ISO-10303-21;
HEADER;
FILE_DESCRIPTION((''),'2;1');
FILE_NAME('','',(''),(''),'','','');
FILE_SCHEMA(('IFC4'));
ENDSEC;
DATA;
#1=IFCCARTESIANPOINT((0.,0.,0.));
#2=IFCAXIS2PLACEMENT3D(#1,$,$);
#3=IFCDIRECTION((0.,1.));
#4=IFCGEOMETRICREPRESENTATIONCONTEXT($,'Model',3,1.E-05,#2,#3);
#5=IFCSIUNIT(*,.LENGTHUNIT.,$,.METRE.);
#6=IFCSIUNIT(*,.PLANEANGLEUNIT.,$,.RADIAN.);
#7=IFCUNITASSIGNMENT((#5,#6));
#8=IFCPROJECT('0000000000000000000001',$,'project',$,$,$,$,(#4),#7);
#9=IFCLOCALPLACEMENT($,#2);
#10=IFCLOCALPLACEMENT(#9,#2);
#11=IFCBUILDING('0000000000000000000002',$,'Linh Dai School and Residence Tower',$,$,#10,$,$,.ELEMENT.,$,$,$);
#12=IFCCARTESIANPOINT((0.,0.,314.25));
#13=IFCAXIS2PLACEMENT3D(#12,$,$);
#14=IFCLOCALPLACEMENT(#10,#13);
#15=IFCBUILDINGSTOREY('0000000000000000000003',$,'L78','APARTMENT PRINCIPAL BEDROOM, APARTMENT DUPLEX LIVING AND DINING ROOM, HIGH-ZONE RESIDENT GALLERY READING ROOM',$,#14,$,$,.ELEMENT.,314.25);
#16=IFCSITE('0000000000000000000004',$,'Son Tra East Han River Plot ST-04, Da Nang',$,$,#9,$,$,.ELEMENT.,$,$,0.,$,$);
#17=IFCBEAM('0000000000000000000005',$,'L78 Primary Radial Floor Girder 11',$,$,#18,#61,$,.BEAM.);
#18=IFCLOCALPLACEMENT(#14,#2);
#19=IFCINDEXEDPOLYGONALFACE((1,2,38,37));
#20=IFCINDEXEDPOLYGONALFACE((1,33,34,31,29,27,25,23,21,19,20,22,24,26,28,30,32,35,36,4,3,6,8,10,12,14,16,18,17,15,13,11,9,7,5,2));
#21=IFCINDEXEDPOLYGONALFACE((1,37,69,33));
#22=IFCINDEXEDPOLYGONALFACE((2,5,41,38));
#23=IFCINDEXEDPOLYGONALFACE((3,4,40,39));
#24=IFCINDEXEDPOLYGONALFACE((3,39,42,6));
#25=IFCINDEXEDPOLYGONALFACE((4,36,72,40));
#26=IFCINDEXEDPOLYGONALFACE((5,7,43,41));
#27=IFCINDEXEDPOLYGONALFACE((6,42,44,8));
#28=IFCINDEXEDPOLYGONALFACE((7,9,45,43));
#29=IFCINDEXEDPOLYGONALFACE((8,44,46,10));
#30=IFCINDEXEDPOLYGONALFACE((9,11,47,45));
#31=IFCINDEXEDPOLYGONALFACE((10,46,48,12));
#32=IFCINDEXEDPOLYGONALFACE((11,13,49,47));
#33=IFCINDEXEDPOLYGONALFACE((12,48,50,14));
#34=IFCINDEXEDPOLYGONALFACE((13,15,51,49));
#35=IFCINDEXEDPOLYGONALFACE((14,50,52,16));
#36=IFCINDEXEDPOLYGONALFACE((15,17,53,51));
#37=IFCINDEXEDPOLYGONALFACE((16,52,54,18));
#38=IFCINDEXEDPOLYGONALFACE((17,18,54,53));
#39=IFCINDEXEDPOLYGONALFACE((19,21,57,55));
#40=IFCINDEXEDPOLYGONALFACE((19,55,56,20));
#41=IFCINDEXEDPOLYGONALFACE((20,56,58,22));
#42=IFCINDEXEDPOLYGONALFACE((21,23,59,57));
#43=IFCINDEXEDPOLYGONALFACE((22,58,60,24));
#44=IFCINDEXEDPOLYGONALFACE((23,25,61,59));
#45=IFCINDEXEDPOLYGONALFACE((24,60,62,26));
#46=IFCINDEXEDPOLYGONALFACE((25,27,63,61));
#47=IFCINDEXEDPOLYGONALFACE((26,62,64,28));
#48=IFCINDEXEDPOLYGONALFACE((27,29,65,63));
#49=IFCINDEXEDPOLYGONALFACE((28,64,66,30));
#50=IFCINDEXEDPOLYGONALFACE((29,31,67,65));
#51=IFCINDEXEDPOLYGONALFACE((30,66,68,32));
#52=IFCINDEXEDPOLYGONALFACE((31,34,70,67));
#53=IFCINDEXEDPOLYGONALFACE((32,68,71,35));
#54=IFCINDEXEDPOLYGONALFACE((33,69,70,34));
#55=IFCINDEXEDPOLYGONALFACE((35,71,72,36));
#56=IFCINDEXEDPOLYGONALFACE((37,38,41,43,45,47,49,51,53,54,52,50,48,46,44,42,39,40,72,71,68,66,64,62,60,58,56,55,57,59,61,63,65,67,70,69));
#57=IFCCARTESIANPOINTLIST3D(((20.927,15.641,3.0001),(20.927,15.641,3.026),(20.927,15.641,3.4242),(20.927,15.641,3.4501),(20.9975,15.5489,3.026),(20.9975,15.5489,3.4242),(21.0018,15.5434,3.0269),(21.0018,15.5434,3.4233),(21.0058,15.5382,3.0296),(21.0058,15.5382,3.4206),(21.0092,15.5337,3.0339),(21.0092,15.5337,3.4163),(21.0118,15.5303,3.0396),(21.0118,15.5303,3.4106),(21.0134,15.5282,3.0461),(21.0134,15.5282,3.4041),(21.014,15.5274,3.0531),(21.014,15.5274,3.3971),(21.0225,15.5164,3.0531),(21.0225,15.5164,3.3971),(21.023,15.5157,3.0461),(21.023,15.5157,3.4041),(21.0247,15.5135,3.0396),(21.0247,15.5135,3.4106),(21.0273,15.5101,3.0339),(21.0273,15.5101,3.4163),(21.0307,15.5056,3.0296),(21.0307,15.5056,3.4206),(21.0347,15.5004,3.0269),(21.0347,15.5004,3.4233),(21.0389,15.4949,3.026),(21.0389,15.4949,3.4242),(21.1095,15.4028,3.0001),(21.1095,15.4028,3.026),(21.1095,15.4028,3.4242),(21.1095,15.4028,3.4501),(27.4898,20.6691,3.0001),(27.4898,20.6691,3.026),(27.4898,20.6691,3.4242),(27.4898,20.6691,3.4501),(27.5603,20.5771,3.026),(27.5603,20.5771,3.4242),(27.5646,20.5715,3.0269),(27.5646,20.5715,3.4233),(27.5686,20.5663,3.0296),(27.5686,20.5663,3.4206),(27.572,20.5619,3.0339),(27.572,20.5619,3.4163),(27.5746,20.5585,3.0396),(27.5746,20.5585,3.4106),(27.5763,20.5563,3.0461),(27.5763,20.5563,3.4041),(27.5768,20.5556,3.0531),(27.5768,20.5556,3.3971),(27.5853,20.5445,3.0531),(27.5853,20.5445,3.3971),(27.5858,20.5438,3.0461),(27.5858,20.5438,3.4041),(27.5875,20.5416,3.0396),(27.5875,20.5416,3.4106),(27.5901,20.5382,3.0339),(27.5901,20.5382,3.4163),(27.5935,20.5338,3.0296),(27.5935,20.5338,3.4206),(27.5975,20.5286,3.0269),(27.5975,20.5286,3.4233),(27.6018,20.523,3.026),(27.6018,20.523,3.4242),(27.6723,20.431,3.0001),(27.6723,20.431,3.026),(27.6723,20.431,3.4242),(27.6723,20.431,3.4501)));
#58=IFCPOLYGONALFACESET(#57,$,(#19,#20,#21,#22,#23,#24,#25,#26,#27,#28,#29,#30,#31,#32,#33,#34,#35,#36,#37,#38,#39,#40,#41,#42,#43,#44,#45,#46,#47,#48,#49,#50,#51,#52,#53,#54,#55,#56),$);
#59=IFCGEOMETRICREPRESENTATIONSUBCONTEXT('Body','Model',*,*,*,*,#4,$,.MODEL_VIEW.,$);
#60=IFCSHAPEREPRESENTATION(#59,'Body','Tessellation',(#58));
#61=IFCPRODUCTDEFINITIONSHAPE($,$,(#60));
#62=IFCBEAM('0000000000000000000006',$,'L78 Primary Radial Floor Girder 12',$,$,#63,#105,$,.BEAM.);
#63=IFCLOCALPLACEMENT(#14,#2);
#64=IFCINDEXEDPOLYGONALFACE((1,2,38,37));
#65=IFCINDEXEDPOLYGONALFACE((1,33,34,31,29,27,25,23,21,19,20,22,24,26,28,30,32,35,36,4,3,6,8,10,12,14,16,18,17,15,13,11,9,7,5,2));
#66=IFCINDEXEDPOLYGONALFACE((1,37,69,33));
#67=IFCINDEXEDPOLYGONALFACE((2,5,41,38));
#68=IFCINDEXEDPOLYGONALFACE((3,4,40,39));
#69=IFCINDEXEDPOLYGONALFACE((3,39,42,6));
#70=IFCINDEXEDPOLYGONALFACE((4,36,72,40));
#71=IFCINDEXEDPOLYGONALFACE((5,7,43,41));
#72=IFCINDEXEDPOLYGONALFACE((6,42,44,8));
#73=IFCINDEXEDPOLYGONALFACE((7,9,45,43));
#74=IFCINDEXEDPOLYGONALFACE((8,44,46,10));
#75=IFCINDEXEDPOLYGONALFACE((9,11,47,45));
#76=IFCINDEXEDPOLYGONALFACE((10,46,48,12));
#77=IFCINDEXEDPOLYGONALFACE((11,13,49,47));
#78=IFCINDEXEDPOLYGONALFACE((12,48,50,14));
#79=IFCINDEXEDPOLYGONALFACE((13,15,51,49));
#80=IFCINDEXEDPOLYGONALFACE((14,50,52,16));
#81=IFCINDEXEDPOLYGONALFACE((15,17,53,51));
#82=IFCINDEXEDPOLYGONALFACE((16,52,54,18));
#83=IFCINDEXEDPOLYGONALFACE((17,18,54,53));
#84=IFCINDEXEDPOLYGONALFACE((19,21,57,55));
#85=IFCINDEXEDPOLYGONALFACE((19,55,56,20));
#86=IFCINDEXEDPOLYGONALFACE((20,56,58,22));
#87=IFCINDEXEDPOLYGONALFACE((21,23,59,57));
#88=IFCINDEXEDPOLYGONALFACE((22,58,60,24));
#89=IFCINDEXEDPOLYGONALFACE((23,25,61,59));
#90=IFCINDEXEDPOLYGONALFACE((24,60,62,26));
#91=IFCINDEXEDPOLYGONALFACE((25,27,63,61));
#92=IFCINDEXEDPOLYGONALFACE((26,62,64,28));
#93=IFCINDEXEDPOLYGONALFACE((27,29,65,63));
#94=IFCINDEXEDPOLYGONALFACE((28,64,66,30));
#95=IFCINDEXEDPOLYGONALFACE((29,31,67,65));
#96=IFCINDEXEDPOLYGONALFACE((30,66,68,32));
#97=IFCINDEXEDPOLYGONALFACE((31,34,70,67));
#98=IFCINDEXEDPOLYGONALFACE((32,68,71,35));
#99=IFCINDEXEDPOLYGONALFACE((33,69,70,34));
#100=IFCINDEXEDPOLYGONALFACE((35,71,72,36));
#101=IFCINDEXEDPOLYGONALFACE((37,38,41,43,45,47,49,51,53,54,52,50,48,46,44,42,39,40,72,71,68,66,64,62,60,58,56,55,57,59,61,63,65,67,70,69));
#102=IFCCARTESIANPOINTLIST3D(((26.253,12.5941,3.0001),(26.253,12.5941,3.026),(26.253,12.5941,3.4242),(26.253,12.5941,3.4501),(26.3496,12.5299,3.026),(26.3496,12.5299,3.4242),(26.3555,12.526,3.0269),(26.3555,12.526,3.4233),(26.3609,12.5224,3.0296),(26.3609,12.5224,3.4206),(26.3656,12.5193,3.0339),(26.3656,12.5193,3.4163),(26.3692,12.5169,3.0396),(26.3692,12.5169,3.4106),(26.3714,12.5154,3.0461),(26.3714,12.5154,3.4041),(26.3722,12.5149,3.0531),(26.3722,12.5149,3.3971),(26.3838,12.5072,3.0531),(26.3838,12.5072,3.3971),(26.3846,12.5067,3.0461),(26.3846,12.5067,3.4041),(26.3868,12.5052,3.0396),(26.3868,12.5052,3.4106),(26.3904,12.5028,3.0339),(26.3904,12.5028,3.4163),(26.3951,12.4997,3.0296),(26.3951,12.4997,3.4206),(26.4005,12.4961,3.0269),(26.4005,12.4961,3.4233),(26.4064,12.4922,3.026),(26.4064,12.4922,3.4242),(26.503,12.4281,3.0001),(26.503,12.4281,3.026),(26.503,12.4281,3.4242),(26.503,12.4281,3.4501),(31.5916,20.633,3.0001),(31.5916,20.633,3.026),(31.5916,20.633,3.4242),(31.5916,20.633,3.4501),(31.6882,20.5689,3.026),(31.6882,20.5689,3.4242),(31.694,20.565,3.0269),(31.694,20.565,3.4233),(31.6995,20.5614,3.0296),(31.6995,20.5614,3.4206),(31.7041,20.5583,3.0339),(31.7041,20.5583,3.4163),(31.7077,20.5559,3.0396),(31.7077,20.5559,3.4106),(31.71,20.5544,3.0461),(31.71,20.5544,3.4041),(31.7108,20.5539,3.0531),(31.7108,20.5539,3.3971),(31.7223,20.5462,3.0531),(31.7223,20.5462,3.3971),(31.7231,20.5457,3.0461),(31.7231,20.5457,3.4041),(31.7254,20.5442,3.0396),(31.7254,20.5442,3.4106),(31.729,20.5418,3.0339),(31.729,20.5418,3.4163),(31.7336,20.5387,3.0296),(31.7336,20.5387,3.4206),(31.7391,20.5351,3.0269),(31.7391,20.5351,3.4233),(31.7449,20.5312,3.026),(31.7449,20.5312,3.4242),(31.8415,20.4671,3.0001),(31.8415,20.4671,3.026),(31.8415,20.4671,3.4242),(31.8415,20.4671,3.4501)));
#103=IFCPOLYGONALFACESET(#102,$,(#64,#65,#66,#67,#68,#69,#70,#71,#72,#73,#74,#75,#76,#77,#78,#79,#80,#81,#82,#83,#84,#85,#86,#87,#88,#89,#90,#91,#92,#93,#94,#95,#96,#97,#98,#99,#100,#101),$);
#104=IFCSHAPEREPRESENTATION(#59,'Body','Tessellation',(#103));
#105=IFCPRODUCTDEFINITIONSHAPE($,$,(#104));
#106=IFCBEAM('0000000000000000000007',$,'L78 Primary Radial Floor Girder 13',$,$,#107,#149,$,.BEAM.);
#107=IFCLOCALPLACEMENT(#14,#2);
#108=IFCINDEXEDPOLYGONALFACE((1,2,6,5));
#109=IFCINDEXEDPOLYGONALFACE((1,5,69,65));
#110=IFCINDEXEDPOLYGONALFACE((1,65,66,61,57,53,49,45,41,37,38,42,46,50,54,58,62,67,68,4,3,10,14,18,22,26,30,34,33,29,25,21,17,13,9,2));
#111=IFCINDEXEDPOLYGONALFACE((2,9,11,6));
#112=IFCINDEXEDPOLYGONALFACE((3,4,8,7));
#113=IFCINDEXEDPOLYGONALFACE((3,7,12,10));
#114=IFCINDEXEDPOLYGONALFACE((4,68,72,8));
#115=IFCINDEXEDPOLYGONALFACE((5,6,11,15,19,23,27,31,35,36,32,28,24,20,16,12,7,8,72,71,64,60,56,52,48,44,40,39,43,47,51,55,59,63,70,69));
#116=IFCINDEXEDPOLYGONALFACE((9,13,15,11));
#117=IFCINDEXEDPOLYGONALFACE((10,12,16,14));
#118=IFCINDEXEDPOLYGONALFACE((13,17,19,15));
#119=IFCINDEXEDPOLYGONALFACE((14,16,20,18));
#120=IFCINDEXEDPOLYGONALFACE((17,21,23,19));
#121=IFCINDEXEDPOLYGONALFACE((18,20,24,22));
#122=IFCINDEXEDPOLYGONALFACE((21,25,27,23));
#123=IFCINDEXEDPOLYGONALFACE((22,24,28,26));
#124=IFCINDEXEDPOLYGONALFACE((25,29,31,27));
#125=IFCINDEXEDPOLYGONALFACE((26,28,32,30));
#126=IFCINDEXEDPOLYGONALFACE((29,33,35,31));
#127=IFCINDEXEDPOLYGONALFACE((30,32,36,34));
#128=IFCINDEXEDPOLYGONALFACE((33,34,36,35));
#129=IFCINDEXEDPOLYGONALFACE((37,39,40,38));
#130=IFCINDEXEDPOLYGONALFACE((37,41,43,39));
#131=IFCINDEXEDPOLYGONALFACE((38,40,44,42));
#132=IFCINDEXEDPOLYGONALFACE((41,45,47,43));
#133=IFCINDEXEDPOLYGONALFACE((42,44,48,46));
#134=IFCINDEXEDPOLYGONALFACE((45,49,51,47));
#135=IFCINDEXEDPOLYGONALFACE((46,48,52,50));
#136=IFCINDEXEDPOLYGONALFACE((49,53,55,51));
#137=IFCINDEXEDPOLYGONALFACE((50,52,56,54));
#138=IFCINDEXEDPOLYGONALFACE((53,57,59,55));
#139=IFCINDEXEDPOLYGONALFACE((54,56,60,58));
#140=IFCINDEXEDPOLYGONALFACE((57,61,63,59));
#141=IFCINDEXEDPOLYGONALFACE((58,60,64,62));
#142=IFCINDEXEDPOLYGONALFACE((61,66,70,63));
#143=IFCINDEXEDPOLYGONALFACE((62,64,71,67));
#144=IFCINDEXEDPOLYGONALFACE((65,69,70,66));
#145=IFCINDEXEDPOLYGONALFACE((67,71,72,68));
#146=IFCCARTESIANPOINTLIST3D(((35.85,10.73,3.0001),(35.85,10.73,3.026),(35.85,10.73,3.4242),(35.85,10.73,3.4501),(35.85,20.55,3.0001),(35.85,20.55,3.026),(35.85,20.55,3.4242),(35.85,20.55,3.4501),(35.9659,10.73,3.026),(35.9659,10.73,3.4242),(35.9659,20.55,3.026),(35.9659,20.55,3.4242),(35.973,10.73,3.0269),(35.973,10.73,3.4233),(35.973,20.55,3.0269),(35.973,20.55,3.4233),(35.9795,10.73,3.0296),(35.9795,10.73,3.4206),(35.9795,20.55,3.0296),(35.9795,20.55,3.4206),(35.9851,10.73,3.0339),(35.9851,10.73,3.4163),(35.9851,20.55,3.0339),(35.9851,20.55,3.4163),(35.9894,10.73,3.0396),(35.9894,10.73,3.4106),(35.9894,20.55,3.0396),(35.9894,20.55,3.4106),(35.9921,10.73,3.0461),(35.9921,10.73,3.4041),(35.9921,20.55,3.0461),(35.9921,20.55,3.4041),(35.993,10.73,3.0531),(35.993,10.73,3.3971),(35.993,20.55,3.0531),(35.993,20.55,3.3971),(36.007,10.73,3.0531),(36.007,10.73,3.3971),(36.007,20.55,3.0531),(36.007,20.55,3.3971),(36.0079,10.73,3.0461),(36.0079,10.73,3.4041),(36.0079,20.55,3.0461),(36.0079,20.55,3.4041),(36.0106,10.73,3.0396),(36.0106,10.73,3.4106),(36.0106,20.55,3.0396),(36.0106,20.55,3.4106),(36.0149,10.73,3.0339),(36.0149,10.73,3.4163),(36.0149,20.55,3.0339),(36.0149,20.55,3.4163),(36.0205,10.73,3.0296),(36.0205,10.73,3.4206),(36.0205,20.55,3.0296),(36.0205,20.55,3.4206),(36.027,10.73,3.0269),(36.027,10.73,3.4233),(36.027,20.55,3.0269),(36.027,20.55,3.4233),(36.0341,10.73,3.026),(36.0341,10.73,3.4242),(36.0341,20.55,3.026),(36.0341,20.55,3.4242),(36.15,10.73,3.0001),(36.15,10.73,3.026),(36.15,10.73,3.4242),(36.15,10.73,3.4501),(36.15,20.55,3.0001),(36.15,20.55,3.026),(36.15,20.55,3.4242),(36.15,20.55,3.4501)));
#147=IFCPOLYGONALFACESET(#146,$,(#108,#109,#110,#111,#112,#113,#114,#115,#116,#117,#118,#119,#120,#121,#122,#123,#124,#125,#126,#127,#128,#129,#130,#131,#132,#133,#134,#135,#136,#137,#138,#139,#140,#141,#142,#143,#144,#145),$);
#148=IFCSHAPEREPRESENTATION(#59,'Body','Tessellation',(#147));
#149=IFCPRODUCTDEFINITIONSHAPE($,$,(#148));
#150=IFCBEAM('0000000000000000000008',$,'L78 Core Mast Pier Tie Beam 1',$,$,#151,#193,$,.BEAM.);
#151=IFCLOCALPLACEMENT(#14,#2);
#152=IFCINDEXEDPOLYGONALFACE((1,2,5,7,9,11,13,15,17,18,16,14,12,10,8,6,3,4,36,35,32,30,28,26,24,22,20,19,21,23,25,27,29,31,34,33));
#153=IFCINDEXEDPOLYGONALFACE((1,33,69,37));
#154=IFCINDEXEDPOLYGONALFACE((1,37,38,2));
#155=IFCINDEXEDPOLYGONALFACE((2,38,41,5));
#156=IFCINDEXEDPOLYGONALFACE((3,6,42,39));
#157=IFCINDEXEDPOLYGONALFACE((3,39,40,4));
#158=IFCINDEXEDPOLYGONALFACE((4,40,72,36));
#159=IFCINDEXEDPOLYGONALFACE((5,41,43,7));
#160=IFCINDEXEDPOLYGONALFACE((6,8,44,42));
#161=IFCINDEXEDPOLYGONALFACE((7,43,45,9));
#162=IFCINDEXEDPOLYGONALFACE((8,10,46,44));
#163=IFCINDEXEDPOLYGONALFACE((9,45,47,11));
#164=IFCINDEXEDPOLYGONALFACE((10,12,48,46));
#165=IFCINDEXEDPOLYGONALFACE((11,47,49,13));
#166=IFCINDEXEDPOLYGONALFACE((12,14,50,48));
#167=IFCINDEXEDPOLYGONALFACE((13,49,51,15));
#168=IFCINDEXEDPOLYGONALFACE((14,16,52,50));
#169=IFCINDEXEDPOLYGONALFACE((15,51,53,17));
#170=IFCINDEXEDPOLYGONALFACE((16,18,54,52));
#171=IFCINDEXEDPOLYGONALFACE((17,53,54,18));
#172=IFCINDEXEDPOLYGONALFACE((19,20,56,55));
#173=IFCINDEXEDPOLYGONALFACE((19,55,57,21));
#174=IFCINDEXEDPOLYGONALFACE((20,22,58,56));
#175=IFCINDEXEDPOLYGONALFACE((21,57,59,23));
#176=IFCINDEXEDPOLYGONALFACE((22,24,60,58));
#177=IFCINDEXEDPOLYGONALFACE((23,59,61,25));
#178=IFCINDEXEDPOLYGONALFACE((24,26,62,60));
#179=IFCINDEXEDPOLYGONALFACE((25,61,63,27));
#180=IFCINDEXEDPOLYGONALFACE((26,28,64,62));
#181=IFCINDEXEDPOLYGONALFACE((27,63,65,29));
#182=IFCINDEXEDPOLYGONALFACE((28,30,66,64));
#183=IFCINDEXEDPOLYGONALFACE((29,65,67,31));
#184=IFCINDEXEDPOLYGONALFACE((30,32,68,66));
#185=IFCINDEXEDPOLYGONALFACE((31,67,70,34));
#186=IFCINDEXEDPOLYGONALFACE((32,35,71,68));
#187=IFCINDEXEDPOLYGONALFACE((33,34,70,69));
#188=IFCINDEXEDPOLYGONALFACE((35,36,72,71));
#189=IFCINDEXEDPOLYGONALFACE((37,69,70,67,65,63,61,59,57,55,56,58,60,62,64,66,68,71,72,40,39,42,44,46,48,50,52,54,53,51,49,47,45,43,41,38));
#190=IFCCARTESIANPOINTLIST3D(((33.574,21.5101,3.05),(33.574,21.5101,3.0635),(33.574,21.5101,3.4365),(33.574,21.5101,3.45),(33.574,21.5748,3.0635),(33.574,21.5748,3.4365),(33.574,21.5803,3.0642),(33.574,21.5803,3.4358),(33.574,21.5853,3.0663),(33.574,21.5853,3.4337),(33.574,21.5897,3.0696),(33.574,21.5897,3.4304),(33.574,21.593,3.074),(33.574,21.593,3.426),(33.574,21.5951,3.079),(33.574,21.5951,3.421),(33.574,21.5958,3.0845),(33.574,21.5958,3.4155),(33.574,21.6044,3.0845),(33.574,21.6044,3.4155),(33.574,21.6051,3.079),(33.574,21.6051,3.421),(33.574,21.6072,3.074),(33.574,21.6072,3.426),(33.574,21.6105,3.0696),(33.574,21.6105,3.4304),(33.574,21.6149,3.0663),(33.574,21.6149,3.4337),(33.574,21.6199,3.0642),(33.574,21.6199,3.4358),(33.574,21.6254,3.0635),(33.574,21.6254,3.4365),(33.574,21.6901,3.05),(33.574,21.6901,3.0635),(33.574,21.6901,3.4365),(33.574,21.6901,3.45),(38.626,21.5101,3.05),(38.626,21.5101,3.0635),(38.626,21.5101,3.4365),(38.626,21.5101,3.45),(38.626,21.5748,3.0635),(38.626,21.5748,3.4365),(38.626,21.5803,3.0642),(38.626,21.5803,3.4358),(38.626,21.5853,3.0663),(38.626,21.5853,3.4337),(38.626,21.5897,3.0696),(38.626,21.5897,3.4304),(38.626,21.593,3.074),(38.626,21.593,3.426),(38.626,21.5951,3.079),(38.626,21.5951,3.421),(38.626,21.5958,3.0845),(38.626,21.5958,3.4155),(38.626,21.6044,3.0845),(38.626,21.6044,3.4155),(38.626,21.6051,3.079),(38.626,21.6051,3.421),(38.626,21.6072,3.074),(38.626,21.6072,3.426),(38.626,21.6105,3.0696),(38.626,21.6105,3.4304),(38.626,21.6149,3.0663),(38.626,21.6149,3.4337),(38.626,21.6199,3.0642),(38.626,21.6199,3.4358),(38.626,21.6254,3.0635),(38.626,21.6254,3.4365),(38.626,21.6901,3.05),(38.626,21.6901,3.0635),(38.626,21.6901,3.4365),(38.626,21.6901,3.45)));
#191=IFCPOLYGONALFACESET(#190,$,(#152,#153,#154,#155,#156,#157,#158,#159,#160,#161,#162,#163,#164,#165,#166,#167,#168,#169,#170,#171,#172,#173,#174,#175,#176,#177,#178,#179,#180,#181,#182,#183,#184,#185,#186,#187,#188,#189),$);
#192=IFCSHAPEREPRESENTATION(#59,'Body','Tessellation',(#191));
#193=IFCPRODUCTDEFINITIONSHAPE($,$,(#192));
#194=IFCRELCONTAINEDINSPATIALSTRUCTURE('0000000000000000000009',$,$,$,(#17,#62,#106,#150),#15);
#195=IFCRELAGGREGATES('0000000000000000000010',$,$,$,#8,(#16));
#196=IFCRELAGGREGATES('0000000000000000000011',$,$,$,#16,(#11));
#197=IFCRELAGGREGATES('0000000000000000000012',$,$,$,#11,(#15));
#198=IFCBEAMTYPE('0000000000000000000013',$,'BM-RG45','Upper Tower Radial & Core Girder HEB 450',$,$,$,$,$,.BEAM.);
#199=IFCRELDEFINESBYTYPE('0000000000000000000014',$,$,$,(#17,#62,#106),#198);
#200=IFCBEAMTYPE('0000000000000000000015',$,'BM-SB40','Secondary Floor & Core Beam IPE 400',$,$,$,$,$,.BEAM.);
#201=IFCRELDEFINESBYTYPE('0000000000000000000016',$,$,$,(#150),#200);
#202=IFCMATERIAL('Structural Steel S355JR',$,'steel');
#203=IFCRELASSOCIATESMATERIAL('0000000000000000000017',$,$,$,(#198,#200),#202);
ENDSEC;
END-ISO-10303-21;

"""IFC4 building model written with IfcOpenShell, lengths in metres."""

from ifc_helpers import new_model, si_unit, direction, frame, origin, origin_2d, place, context, subcontext, project, spatial, i_section, extrude, material, material_profile, profile_set, type_object, element, save


model = new_model("IFC4")

# Units and contexts
model_context = context("Model", 3, precision=1e-05, world=origin(), true_north=direction((0.0, 1.0)))
body_context = subcontext(model_context, "Body", "Model", "MODEL_VIEW")
ifc_project = project(units=[si_unit("LENGTHUNIT", "METRE"), si_unit("PLANEANGLEUNIT", "RADIAN")], contexts=[model_context])

# Site, building, storey
site_placement = place(None, origin())
site = spatial("IfcSite", under=ifc_project, at=site_placement, Name="Son Tra East Han River Plot ST-04, Da Nang", CompositionType="ELEMENT", RefElevation=0.0)
building_placement = place(site_placement, origin())
building = spatial("IfcBuilding", under=site, at=building_placement, Name="Linh Dai School and Residence Tower", CompositionType="ELEMENT")
storey_placement = place(building_placement, frame((0.0, 0.0, 314.25)))
storey = spatial("IfcBuildingStorey", under=building, at=storey_placement, Name="L78", Description="APARTMENT PRINCIPAL BEDROOM, APARTMENT DUPLEX LIVING AND DINING ROOM, HIGH-ZONE RESIDENT GALLERY READING ROOM", CompositionType="ELEMENT", Elevation=314.25)

# Shared definitions
ifc_material_1 = material(Name="Structural Steel S355JR", Category="steel")

# Beams
ifc_material_profile_1 = material_profile(ifc_material_1, i_section(OverallWidth=0.3, OverallDepth=0.45, WebThickness=0.0139, FlangeThickness=0.0259, FilletRadius=0.0271, at=origin_2d()), Name="HEB 450")
ifc_profile_set_1 = profile_set([ifc_material_profile_1], Name="Structural Steel S355JR")
beam_type_1 = type_object("IfcBeamType", Name="BM-RG45", Description="Upper Tower Radial & Core Girder HEB 450", PredefinedType="BEAM", material=ifc_profile_set_1)
beam_1_placement = place(storey_placement, frame((27.5811, 20.55, 3.2251), z_axis=(-0.793803, -0.608175, 0.0), x_axis=(0.608175, -0.793803, 0.0)))
element("IfcBeam", 1, at=beam_1_placement, inside=storey, type_object=beam_type_1, Name="L78 Primary Radial Floor Girder 11", PredefinedType="BEAM", context=body_context, shape_type="SweptSolid", body=[
    extrude(i_section(OverallWidth=0.3, OverallDepth=0.45, WebThickness=0.0139, FlangeThickness=0.0259, FilletRadius=0.0271, at=origin_2d()), origin(), (0.0, 0.0, 1.0), 8.2676),
])
beam_2_placement = place(storey_placement, frame((31.7166, 20.55, 3.2251), z_axis=(-0.553211, -0.833041, 0.0), x_axis=(0.833041, -0.553211, 0.0)))
element("IfcBeam", 2, at=beam_2_placement, inside=storey, type_object=beam_type_1, Name="L78 Primary Radial Floor Girder 12", PredefinedType="BEAM", context=body_context, shape_type="SweptSolid", body=[
    extrude(i_section(OverallWidth=0.3, OverallDepth=0.45, WebThickness=0.0139, FlangeThickness=0.0259, FilletRadius=0.0271, at=origin_2d()), origin(), (0.0, 0.0, 1.0), 9.6501),
])
beam_3_placement = place(storey_placement, frame((36.0, 20.55, 3.2251), z_axis=(0.0, -1.0, 0.0), x_axis=(1.0, 0.0, 0.0)))
element("IfcBeam", 3, at=beam_3_placement, inside=storey, type_object=beam_type_1, Name="L78 Primary Radial Floor Girder 13", PredefinedType="BEAM", context=body_context, shape_type="SweptSolid", body=[
    extrude(i_section(OverallWidth=0.3, OverallDepth=0.45, WebThickness=0.0139, FlangeThickness=0.0259, FilletRadius=0.0271, at=origin_2d()), origin(), (0.0, 0.0, 1.0), 9.8201),
])
ifc_material_profile_2 = material_profile(ifc_material_1, i_section(OverallWidth=0.1799, OverallDepth=0.3999, WebThickness=0.0085, FlangeThickness=0.0134, FilletRadius=0.021, at=origin_2d()), Name="IPE 400")
ifc_profile_set_2 = profile_set([ifc_material_profile_2], Name="Structural Steel S355JR")
beam_type_2 = type_object("IfcBeamType", Name="BM-SB40", Description="Secondary Floor & Core Beam IPE 400", PredefinedType="BEAM", material=ifc_profile_set_2)
beam_4_placement = place(storey_placement, frame((33.574, 21.6001, 3.25), z_axis=(1.0, 0.0, 0.0), x_axis=(0.0, 1.0, 0.0)))
element("IfcBeam", 4, at=beam_4_placement, inside=storey, type_object=beam_type_2, Name="L78 Core Mast Pier Tie Beam 1", PredefinedType="BEAM", context=body_context, shape_type="SweptSolid", body=[
    extrude(i_section(OverallWidth=0.1799, OverallDepth=0.3999, WebThickness=0.0085, FlangeThickness=0.0134, FilletRadius=0.021, at=origin_2d()), origin(), (0.0, 0.0, 1.0), 5.052),
])

save(model, "model.ifc")
